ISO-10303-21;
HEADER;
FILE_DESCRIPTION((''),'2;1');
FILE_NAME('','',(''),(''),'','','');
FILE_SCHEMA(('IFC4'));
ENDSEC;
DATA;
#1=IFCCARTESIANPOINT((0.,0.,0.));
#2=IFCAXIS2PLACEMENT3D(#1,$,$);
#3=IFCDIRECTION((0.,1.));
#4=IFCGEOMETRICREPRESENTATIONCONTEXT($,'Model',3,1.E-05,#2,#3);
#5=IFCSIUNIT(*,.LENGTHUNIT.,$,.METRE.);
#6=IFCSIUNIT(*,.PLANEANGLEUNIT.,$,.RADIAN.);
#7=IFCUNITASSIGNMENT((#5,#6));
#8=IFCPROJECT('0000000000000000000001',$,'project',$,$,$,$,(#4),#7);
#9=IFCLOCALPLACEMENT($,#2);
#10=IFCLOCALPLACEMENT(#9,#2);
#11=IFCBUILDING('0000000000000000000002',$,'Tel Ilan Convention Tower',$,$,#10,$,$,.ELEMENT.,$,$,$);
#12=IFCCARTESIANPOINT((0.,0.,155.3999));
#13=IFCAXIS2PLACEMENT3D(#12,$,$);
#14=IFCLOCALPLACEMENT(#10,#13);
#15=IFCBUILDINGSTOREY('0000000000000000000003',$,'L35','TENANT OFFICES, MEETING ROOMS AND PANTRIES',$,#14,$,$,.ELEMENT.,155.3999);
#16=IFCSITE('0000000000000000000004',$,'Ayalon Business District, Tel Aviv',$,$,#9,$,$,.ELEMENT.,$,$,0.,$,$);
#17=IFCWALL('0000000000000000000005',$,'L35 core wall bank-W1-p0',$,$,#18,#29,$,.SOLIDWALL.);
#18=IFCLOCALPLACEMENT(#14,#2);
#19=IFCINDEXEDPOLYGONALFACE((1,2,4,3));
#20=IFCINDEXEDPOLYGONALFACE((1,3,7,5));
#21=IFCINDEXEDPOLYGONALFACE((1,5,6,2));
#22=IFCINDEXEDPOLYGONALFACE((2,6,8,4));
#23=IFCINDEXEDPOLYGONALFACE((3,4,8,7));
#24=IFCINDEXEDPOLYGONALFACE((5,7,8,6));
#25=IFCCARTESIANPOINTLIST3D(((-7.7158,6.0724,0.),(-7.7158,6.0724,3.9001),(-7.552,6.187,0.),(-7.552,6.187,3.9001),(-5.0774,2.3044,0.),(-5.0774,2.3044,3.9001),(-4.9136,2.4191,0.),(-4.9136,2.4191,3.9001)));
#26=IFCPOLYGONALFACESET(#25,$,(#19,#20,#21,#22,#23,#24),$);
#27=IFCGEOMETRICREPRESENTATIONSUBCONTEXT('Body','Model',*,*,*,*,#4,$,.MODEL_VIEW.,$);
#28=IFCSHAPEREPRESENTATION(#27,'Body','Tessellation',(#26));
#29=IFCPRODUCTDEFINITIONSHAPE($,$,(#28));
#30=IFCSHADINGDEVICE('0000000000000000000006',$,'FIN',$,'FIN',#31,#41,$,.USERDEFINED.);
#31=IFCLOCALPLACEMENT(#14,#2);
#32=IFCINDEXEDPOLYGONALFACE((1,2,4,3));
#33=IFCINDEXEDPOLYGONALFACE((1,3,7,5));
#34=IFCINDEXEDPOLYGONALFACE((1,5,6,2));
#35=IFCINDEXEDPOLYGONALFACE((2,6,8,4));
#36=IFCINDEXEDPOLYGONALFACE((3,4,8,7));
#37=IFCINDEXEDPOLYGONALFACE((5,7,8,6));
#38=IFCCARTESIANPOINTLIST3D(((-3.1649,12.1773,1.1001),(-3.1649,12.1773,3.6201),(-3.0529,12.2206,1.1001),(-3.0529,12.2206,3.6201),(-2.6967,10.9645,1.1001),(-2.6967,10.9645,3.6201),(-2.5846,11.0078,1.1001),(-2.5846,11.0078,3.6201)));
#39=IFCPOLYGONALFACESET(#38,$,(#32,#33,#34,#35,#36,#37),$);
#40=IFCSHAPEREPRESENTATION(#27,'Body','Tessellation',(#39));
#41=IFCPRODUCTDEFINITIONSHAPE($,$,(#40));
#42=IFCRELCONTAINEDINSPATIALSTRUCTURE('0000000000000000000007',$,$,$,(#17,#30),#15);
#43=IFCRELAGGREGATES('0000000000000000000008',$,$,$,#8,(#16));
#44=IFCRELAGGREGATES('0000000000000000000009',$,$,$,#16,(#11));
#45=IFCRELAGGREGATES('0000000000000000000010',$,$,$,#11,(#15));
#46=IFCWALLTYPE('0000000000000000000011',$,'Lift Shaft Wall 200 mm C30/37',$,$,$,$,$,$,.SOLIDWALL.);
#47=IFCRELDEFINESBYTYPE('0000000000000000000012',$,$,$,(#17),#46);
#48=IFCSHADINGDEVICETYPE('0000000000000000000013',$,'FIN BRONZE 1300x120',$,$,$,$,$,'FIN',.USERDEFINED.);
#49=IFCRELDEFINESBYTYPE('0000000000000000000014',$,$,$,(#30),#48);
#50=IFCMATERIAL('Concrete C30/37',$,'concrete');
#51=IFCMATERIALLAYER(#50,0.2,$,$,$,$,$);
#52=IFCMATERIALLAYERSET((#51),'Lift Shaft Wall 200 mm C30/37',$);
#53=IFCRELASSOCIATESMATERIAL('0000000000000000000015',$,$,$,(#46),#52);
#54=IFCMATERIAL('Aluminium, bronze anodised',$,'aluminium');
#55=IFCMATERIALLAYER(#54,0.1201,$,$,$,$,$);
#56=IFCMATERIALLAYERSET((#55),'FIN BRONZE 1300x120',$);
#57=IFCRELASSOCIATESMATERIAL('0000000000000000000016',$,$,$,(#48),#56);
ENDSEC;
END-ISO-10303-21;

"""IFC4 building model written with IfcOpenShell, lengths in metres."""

from ifc_helpers import new_model, si_unit, direction, frame, frame_2d, origin, origin_2d, place, context, subcontext, project, spatial, rectangle, extrude, material, layer, layer_set, type_object, element, save


model = new_model("IFC4")

# Units and contexts
model_context = context("Model", 3, precision=1e-05, world=origin(), true_north=direction((0.0, 1.0)))
body_context = subcontext(model_context, "Body", "Model", "MODEL_VIEW")
ifc_project = project(units=[si_unit("LENGTHUNIT", "METRE"), si_unit("PLANEANGLEUNIT", "RADIAN")], contexts=[model_context])

# Site, building, storey
site_placement = place(None, origin())
site = spatial("IfcSite", under=ifc_project, at=site_placement, Name="Ayalon Business District, Tel Aviv", CompositionType="ELEMENT", RefElevation=0.0)
building_placement = place(site_placement, origin())
building = spatial("IfcBuilding", under=site, at=building_placement, Name="Tel Ilan Convention Tower", CompositionType="ELEMENT")
storey_placement = place(building_placement, frame((0.0, 0.0, 155.3999)))
storey = spatial("IfcBuildingStorey", under=building, at=storey_placement, Name="L35", Description="TENANT OFFICES, MEETING ROOMS AND PANTRIES", CompositionType="ELEMENT", Elevation=155.3999)

# Wall
ifc_material_1 = material(Name="Concrete C30/37", Category="concrete")
ifc_layer_1 = layer(ifc_material_1, 0.2)
ifc_layer_set_1 = layer_set([ifc_layer_1], Name="Lift Shaft Wall 200 mm C30/37")
wall_type_1 = type_object("IfcWallType", Name="Lift Shaft Wall 200 mm C30/37", PredefinedType="SOLIDWALL", material=ifc_layer_set_1)
wall_1_placement = place(storey_placement, frame((-4.9956, 2.3618, 0.0), z_axis=(0.0, 0.0, 1.0), x_axis=(-0.573576, 0.819152, 0.0)))
element("IfcWall", 1, at=wall_1_placement, inside=storey, type_object=wall_type_1, Name="L35 core wall bank-W1-p0", PredefinedType="SOLIDWALL", context=body_context, shape_type="SweptSolid", body=[
    extrude(rectangle(XDim=4.5999, YDim=0.2, at=frame_2d((2.2998, 0.0))), origin(), (0.0, 0.0, 1.0), 3.9001),
])

# Shading device
ifc_material_2 = material(Name="Aluminium, bronze anodised", Category="aluminium")
ifc_layer_2 = layer(ifc_material_2, 0.1201)
ifc_layer_set_2 = layer_set([ifc_layer_2], Name="FIN BRONZE 1300x120")
shading_device_type = type_object("IfcShadingDeviceType", Name="FIN BRONZE 1300x120", ElementType="FIN", PredefinedType="USERDEFINED", material=ifc_layer_set_2)
shading_device_placement = place(storey_placement, frame((-2.8748, 11.5925, 1.1001), z_axis=(0.0, 0.0, 1.0), x_axis=(-0.360178, 0.932884, 0.0)))
element("IfcShadingDevice", 2, at=shading_device_placement, inside=storey, type_object=shading_device_type, Name="FIN", ObjectType="FIN", PredefinedType="USERDEFINED", context=body_context, shape_type="SweptSolid", body=[
    extrude(rectangle(XDim=1.3, YDim=0.1201, at=origin_2d()), origin(), (0.0, 0.0, 1.0), 2.52),
])

save(model, "model.ifc")
